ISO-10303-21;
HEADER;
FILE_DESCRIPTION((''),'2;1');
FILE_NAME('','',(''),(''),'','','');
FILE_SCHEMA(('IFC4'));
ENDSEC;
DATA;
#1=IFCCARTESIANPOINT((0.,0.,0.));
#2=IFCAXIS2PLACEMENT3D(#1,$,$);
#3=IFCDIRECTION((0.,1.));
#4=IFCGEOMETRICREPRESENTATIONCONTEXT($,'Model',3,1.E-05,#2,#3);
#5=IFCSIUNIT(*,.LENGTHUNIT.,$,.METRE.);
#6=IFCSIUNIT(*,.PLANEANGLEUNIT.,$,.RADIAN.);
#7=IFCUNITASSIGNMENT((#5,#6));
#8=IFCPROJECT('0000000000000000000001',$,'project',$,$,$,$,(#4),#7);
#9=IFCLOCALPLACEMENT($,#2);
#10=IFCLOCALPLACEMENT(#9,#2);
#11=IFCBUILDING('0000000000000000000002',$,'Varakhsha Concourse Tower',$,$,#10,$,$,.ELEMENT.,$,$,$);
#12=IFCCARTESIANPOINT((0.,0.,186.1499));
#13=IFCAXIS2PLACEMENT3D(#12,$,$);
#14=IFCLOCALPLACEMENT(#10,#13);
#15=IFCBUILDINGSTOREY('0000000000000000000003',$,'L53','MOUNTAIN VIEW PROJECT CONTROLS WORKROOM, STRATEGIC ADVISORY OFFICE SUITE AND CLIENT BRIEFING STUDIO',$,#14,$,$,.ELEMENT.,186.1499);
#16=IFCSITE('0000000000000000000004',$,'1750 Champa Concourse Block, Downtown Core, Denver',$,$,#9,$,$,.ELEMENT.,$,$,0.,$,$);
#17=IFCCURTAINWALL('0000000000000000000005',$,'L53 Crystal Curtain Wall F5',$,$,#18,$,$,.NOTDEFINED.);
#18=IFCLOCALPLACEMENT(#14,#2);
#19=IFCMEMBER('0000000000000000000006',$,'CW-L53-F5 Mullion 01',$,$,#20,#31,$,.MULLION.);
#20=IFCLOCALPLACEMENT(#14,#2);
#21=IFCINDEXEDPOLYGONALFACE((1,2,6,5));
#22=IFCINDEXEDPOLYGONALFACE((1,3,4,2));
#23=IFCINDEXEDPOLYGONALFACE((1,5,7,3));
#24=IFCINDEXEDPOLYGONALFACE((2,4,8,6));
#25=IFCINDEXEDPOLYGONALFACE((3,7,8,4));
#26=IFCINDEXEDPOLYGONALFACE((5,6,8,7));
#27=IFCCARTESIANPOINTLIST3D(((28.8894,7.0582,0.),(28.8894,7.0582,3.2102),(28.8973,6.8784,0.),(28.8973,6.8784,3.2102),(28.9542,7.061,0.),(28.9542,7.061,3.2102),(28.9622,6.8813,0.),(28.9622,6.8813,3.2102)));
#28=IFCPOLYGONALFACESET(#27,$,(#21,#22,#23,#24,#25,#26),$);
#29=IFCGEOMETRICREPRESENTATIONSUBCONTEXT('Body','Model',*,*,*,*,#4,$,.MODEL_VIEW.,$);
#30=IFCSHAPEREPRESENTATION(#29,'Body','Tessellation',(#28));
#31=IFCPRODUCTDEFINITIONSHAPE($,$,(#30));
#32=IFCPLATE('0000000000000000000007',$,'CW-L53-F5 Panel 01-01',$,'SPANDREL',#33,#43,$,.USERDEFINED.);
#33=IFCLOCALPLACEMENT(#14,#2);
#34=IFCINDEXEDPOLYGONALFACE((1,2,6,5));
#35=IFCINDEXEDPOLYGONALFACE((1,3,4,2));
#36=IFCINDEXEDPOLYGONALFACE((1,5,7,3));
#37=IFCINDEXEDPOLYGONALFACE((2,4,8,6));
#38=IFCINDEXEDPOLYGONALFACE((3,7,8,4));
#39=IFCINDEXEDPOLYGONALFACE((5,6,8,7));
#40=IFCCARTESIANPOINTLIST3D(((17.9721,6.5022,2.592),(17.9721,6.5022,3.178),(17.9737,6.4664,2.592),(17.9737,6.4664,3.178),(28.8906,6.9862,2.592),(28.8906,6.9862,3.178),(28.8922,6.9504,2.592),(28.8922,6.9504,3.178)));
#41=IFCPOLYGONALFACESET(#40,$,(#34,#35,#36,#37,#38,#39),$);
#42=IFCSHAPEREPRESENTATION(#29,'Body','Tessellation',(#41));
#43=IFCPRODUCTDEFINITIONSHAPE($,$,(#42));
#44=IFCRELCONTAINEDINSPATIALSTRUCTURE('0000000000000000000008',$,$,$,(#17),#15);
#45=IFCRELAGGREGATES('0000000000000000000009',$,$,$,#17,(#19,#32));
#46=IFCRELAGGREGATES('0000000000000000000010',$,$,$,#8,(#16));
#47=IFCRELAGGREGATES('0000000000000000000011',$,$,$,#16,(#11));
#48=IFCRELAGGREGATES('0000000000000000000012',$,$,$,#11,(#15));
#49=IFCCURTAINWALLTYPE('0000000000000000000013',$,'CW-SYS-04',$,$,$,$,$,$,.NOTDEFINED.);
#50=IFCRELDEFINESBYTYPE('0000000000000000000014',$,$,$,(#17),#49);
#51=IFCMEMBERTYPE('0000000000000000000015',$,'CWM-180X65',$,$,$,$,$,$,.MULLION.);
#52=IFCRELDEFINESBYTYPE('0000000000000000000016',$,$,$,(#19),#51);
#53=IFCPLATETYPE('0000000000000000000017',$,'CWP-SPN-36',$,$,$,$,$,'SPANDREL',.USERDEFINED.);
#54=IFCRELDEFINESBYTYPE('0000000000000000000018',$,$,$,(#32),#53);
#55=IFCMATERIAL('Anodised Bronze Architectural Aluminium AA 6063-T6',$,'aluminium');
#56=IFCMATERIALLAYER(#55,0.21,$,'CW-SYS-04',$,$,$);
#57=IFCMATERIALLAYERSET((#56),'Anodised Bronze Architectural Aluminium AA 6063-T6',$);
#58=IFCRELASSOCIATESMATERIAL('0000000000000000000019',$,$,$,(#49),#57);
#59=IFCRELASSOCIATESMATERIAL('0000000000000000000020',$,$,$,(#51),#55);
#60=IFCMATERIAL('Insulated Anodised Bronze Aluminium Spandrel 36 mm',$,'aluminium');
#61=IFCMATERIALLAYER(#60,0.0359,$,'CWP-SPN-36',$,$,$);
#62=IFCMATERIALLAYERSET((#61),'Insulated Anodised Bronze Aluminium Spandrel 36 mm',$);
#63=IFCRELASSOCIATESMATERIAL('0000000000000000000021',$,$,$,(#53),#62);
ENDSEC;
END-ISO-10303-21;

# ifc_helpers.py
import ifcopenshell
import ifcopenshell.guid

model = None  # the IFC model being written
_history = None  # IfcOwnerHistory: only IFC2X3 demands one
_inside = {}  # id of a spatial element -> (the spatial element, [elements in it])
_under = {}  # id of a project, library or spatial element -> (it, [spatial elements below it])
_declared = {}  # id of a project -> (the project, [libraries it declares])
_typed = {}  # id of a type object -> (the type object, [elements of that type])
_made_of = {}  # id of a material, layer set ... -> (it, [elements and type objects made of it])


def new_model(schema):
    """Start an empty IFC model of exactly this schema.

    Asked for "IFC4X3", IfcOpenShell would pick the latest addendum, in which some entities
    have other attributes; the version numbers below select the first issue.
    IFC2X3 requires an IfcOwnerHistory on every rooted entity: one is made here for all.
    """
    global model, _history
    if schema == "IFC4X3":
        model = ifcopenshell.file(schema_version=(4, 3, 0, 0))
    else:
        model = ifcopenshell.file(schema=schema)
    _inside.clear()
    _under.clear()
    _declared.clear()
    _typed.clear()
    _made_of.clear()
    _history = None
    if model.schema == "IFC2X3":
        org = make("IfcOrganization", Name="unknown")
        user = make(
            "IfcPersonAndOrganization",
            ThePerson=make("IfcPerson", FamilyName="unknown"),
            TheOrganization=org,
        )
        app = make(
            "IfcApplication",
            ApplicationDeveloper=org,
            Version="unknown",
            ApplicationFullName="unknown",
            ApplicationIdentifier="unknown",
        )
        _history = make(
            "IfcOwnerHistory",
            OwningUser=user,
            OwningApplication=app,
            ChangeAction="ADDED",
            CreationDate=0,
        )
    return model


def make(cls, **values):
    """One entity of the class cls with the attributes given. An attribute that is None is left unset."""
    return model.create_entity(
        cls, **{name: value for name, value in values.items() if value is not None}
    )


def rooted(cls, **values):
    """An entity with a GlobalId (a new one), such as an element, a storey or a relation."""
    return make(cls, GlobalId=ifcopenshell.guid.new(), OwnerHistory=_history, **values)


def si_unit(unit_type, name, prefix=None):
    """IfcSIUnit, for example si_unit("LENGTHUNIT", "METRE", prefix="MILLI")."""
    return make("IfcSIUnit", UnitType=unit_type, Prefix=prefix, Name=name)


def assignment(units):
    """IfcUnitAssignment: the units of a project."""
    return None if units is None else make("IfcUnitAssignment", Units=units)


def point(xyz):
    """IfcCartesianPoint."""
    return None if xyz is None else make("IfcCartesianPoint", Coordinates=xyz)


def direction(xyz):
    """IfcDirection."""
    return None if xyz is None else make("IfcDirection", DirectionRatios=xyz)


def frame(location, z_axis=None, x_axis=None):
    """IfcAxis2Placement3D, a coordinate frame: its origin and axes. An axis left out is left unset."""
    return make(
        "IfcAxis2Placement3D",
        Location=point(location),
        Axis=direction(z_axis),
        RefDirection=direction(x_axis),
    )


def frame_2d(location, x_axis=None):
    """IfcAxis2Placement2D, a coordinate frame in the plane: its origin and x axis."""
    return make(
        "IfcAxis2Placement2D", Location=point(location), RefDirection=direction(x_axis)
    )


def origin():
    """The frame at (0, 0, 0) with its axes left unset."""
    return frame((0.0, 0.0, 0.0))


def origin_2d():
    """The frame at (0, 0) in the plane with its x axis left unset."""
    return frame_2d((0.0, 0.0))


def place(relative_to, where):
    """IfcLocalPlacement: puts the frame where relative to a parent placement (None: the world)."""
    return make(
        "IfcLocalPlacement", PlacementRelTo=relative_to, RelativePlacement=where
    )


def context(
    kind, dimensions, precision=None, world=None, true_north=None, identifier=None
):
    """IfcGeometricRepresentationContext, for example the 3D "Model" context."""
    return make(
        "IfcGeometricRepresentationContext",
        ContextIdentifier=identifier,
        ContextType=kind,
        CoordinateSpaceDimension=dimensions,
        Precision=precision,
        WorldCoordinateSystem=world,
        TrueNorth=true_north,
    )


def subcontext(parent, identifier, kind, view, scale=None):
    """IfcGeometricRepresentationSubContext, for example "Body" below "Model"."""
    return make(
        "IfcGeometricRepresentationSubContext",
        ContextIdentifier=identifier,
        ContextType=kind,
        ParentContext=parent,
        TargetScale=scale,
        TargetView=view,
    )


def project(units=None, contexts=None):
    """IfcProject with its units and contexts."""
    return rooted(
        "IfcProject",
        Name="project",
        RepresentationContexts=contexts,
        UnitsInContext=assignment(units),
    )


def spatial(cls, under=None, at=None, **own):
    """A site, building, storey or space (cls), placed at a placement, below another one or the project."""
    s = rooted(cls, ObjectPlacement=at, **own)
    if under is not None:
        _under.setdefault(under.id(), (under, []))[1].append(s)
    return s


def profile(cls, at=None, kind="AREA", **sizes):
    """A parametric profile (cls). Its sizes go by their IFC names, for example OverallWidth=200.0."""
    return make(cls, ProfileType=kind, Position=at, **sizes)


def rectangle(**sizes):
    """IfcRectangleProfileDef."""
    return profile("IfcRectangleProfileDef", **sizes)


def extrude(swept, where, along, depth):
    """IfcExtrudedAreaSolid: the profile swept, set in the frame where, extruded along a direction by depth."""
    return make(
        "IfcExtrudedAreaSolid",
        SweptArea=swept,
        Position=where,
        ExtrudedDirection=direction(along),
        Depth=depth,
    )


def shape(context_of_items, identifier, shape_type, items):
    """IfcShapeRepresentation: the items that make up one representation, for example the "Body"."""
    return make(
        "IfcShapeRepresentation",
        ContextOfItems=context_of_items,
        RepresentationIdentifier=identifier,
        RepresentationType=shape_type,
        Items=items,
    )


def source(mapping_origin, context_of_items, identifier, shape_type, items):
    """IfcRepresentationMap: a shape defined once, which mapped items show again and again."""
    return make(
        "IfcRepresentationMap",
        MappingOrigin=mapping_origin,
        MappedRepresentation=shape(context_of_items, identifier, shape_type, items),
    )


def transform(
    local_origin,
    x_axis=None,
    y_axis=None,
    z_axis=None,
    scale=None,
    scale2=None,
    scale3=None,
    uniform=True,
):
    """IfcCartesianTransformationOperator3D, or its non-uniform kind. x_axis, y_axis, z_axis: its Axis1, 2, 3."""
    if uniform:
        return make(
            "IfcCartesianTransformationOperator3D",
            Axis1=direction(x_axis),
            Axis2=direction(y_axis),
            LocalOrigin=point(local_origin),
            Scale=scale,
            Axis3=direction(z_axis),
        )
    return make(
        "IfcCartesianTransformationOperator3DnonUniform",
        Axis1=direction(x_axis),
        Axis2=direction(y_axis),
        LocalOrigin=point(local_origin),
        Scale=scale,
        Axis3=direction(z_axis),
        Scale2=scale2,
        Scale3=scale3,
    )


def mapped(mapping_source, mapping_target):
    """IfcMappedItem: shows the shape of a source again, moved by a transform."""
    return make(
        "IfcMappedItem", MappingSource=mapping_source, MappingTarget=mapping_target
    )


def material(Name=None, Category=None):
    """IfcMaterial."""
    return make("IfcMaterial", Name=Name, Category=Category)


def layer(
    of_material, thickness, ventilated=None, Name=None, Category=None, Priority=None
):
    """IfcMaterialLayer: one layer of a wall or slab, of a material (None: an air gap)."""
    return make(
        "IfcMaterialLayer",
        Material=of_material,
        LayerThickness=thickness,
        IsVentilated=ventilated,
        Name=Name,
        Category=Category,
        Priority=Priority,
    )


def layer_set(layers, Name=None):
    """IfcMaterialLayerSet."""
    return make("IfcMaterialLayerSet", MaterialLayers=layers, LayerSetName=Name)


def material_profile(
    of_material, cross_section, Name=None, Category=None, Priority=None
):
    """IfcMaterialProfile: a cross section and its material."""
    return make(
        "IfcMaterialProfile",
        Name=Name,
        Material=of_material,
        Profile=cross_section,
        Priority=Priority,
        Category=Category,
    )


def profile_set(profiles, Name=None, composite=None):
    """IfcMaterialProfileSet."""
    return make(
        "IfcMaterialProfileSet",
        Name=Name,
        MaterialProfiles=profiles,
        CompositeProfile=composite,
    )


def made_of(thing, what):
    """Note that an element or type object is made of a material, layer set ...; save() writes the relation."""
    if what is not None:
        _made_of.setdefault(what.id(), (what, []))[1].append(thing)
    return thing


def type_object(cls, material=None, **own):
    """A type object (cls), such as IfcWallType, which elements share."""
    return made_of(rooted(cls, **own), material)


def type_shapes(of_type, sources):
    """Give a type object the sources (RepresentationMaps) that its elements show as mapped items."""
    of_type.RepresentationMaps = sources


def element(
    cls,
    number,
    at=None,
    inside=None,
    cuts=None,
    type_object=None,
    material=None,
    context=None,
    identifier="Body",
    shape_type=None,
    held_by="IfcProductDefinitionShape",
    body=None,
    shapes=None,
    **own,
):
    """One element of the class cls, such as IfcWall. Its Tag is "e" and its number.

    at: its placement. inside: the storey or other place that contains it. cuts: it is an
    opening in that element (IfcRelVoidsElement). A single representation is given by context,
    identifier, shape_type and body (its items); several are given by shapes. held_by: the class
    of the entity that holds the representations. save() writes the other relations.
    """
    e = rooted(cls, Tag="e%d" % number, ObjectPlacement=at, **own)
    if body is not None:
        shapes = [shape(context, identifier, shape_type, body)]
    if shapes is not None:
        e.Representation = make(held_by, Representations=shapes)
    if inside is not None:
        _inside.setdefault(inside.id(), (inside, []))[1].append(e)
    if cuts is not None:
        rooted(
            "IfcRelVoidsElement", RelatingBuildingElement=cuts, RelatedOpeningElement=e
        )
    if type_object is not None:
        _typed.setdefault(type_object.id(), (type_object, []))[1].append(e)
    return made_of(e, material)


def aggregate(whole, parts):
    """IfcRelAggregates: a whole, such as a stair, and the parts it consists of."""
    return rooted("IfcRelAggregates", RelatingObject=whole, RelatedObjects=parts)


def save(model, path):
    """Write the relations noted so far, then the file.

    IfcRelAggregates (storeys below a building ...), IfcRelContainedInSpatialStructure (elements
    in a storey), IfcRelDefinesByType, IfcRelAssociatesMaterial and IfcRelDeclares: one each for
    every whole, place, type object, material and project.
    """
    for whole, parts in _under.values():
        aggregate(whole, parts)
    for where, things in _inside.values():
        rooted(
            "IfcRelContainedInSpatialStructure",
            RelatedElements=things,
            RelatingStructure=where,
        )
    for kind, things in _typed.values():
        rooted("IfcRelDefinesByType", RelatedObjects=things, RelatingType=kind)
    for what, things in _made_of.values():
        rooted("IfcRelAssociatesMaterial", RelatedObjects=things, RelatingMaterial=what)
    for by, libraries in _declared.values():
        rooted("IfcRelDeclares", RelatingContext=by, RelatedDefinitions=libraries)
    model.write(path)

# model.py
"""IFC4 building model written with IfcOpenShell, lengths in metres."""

from ifc_helpers import new_model, si_unit, direction, frame, origin, origin_2d, place, context, subcontext, project, spatial, rectangle, extrude, source, transform, mapped, material, layer, layer_set, material_profile, profile_set, type_object, type_shapes, element, aggregate, save


model = new_model("IFC4")

# Units and contexts
model_context = context("Model", 3, precision=1e-05, world=origin(), true_north=direction((0.0, 1.0)))
body_context = subcontext(model_context, "Body", "Model", "MODEL_VIEW")
ifc_project = project(units=[si_unit("LENGTHUNIT", "METRE"), si_unit("PLANEANGLEUNIT", "RADIAN")], contexts=[model_context])

# Site, building, storey
site_placement = place(None, origin())
site = spatial("IfcSite", under=ifc_project, at=site_placement, Name="1750 Champa Concourse Block, Downtown Core, Denver", CompositionType="ELEMENT", RefElevation=0.0)
building_placement = place(site_placement, origin())
building = spatial("IfcBuilding", under=site, at=building_placement, Name="Varakhsha Concourse Tower", CompositionType="ELEMENT")
storey_placement = place(building_placement, frame((0.0, 0.0, 186.1499)))
storey = spatial("IfcBuildingStorey", under=building, at=storey_placement, Name="L53", Description="MOUNTAIN VIEW PROJECT CONTROLS WORKROOM, STRATEGIC ADVISORY OFFICE SUITE AND CLIENT BRIEFING STUDIO", CompositionType="ELEMENT", Elevation=186.1499)

# Curtain wall, member, plate
ifc_material_1 = material(Name="Anodised Bronze Architectural Aluminium AA 6063-T6", Category="aluminium")
ifc_layer_1 = layer(ifc_material_1, 0.21, Name="CW-SYS-04")
ifc_layer_set_1 = layer_set([ifc_layer_1], Name="Anodised Bronze Architectural Aluminium AA 6063-T6")
curtain_wall_type = type_object("IfcCurtainWallType", Name="CW-SYS-04", PredefinedType="NOTDEFINED", material=ifc_layer_set_1)
curtain_wall_placement = place(storey_placement, origin())
curtain_wall = element("IfcCurtainWall", 1, at=curtain_wall_placement, inside=storey, type_object=curtain_wall_type, Name="L53 Crystal Curtain Wall F5", PredefinedType="NOTDEFINED")
ifc_material_profile_1 = material_profile(ifc_material_1, rectangle(XDim=0.0649, YDim=0.1799, at=origin_2d()), Name="CWM-180X65")
ifc_profile_set_1 = profile_set([ifc_material_profile_1], Name="Anodised Bronze Architectural Aluminium AA 6063-T6")
member_type = type_object("IfcMemberType", Name="CWM-180X65", PredefinedType="MULLION", material=ifc_profile_set_1)
shared_shape_1 = source(origin(), body_context, "Body", "SweptSolid", [
    extrude(rectangle(XDim=0.0649, YDim=0.1799, at=origin_2d()), origin(), (0.0, 0.0, 1.0), 3.2102),
])
type_shapes(member_type, [shared_shape_1])
member_placement = place(storey_placement, frame((28.9258, 6.9697, 0.0), z_axis=(0.0, 0.0, 1.0), x_axis=(-0.999019, -0.044285, 0.0)))
member = element("IfcMember", 2, at=member_placement, type_object=member_type, Name="CW-L53-F5 Mullion 01", PredefinedType="MULLION", context=body_context, shape_type="MappedRepresentation", body=[
    mapped(shared_shape_1, transform((0.0, 0.0, 0.0), scale=1.0)),
])
ifc_material_2 = material(Name="Insulated Anodised Bronze Aluminium Spandrel 36 mm", Category="aluminium")
ifc_layer_2 = layer(ifc_material_2, 0.0359, Name="CWP-SPN-36")
ifc_layer_set_2 = layer_set([ifc_layer_2], Name="Insulated Anodised Bronze Aluminium Spandrel 36 mm")
plate_type = type_object("IfcPlateType", Name="CWP-SPN-36", ElementType="SPANDREL", PredefinedType="USERDEFINED", material=ifc_layer_set_2)
shared_shape_2 = source(origin(), body_context, "Body", "SweptSolid", [
    extrude(rectangle(XDim=10.9292, YDim=0.0359, at=origin_2d()), origin(), (0.0, 0.0, 1.0), 0.5859),
])
type_shapes(plate_type, [shared_shape_2])
plate_placement = place(storey_placement, frame((23.4321, 6.7263, 2.592), z_axis=(0.0, 0.0, 1.0), x_axis=(-0.999019, -0.044285, 0.0)))
plate = element("IfcPlate", 3, at=plate_placement, type_object=plate_type, Name="CW-L53-F5 Panel 01-01", ObjectType="SPANDREL", PredefinedType="USERDEFINED", context=body_context, shape_type="MappedRepresentation", body=[
    mapped(shared_shape_2, transform((0.0, 0.0, 0.0), scale=1.0)),
])
aggregate(curtain_wall, [member, plate])

save(model, "model.ifc")
